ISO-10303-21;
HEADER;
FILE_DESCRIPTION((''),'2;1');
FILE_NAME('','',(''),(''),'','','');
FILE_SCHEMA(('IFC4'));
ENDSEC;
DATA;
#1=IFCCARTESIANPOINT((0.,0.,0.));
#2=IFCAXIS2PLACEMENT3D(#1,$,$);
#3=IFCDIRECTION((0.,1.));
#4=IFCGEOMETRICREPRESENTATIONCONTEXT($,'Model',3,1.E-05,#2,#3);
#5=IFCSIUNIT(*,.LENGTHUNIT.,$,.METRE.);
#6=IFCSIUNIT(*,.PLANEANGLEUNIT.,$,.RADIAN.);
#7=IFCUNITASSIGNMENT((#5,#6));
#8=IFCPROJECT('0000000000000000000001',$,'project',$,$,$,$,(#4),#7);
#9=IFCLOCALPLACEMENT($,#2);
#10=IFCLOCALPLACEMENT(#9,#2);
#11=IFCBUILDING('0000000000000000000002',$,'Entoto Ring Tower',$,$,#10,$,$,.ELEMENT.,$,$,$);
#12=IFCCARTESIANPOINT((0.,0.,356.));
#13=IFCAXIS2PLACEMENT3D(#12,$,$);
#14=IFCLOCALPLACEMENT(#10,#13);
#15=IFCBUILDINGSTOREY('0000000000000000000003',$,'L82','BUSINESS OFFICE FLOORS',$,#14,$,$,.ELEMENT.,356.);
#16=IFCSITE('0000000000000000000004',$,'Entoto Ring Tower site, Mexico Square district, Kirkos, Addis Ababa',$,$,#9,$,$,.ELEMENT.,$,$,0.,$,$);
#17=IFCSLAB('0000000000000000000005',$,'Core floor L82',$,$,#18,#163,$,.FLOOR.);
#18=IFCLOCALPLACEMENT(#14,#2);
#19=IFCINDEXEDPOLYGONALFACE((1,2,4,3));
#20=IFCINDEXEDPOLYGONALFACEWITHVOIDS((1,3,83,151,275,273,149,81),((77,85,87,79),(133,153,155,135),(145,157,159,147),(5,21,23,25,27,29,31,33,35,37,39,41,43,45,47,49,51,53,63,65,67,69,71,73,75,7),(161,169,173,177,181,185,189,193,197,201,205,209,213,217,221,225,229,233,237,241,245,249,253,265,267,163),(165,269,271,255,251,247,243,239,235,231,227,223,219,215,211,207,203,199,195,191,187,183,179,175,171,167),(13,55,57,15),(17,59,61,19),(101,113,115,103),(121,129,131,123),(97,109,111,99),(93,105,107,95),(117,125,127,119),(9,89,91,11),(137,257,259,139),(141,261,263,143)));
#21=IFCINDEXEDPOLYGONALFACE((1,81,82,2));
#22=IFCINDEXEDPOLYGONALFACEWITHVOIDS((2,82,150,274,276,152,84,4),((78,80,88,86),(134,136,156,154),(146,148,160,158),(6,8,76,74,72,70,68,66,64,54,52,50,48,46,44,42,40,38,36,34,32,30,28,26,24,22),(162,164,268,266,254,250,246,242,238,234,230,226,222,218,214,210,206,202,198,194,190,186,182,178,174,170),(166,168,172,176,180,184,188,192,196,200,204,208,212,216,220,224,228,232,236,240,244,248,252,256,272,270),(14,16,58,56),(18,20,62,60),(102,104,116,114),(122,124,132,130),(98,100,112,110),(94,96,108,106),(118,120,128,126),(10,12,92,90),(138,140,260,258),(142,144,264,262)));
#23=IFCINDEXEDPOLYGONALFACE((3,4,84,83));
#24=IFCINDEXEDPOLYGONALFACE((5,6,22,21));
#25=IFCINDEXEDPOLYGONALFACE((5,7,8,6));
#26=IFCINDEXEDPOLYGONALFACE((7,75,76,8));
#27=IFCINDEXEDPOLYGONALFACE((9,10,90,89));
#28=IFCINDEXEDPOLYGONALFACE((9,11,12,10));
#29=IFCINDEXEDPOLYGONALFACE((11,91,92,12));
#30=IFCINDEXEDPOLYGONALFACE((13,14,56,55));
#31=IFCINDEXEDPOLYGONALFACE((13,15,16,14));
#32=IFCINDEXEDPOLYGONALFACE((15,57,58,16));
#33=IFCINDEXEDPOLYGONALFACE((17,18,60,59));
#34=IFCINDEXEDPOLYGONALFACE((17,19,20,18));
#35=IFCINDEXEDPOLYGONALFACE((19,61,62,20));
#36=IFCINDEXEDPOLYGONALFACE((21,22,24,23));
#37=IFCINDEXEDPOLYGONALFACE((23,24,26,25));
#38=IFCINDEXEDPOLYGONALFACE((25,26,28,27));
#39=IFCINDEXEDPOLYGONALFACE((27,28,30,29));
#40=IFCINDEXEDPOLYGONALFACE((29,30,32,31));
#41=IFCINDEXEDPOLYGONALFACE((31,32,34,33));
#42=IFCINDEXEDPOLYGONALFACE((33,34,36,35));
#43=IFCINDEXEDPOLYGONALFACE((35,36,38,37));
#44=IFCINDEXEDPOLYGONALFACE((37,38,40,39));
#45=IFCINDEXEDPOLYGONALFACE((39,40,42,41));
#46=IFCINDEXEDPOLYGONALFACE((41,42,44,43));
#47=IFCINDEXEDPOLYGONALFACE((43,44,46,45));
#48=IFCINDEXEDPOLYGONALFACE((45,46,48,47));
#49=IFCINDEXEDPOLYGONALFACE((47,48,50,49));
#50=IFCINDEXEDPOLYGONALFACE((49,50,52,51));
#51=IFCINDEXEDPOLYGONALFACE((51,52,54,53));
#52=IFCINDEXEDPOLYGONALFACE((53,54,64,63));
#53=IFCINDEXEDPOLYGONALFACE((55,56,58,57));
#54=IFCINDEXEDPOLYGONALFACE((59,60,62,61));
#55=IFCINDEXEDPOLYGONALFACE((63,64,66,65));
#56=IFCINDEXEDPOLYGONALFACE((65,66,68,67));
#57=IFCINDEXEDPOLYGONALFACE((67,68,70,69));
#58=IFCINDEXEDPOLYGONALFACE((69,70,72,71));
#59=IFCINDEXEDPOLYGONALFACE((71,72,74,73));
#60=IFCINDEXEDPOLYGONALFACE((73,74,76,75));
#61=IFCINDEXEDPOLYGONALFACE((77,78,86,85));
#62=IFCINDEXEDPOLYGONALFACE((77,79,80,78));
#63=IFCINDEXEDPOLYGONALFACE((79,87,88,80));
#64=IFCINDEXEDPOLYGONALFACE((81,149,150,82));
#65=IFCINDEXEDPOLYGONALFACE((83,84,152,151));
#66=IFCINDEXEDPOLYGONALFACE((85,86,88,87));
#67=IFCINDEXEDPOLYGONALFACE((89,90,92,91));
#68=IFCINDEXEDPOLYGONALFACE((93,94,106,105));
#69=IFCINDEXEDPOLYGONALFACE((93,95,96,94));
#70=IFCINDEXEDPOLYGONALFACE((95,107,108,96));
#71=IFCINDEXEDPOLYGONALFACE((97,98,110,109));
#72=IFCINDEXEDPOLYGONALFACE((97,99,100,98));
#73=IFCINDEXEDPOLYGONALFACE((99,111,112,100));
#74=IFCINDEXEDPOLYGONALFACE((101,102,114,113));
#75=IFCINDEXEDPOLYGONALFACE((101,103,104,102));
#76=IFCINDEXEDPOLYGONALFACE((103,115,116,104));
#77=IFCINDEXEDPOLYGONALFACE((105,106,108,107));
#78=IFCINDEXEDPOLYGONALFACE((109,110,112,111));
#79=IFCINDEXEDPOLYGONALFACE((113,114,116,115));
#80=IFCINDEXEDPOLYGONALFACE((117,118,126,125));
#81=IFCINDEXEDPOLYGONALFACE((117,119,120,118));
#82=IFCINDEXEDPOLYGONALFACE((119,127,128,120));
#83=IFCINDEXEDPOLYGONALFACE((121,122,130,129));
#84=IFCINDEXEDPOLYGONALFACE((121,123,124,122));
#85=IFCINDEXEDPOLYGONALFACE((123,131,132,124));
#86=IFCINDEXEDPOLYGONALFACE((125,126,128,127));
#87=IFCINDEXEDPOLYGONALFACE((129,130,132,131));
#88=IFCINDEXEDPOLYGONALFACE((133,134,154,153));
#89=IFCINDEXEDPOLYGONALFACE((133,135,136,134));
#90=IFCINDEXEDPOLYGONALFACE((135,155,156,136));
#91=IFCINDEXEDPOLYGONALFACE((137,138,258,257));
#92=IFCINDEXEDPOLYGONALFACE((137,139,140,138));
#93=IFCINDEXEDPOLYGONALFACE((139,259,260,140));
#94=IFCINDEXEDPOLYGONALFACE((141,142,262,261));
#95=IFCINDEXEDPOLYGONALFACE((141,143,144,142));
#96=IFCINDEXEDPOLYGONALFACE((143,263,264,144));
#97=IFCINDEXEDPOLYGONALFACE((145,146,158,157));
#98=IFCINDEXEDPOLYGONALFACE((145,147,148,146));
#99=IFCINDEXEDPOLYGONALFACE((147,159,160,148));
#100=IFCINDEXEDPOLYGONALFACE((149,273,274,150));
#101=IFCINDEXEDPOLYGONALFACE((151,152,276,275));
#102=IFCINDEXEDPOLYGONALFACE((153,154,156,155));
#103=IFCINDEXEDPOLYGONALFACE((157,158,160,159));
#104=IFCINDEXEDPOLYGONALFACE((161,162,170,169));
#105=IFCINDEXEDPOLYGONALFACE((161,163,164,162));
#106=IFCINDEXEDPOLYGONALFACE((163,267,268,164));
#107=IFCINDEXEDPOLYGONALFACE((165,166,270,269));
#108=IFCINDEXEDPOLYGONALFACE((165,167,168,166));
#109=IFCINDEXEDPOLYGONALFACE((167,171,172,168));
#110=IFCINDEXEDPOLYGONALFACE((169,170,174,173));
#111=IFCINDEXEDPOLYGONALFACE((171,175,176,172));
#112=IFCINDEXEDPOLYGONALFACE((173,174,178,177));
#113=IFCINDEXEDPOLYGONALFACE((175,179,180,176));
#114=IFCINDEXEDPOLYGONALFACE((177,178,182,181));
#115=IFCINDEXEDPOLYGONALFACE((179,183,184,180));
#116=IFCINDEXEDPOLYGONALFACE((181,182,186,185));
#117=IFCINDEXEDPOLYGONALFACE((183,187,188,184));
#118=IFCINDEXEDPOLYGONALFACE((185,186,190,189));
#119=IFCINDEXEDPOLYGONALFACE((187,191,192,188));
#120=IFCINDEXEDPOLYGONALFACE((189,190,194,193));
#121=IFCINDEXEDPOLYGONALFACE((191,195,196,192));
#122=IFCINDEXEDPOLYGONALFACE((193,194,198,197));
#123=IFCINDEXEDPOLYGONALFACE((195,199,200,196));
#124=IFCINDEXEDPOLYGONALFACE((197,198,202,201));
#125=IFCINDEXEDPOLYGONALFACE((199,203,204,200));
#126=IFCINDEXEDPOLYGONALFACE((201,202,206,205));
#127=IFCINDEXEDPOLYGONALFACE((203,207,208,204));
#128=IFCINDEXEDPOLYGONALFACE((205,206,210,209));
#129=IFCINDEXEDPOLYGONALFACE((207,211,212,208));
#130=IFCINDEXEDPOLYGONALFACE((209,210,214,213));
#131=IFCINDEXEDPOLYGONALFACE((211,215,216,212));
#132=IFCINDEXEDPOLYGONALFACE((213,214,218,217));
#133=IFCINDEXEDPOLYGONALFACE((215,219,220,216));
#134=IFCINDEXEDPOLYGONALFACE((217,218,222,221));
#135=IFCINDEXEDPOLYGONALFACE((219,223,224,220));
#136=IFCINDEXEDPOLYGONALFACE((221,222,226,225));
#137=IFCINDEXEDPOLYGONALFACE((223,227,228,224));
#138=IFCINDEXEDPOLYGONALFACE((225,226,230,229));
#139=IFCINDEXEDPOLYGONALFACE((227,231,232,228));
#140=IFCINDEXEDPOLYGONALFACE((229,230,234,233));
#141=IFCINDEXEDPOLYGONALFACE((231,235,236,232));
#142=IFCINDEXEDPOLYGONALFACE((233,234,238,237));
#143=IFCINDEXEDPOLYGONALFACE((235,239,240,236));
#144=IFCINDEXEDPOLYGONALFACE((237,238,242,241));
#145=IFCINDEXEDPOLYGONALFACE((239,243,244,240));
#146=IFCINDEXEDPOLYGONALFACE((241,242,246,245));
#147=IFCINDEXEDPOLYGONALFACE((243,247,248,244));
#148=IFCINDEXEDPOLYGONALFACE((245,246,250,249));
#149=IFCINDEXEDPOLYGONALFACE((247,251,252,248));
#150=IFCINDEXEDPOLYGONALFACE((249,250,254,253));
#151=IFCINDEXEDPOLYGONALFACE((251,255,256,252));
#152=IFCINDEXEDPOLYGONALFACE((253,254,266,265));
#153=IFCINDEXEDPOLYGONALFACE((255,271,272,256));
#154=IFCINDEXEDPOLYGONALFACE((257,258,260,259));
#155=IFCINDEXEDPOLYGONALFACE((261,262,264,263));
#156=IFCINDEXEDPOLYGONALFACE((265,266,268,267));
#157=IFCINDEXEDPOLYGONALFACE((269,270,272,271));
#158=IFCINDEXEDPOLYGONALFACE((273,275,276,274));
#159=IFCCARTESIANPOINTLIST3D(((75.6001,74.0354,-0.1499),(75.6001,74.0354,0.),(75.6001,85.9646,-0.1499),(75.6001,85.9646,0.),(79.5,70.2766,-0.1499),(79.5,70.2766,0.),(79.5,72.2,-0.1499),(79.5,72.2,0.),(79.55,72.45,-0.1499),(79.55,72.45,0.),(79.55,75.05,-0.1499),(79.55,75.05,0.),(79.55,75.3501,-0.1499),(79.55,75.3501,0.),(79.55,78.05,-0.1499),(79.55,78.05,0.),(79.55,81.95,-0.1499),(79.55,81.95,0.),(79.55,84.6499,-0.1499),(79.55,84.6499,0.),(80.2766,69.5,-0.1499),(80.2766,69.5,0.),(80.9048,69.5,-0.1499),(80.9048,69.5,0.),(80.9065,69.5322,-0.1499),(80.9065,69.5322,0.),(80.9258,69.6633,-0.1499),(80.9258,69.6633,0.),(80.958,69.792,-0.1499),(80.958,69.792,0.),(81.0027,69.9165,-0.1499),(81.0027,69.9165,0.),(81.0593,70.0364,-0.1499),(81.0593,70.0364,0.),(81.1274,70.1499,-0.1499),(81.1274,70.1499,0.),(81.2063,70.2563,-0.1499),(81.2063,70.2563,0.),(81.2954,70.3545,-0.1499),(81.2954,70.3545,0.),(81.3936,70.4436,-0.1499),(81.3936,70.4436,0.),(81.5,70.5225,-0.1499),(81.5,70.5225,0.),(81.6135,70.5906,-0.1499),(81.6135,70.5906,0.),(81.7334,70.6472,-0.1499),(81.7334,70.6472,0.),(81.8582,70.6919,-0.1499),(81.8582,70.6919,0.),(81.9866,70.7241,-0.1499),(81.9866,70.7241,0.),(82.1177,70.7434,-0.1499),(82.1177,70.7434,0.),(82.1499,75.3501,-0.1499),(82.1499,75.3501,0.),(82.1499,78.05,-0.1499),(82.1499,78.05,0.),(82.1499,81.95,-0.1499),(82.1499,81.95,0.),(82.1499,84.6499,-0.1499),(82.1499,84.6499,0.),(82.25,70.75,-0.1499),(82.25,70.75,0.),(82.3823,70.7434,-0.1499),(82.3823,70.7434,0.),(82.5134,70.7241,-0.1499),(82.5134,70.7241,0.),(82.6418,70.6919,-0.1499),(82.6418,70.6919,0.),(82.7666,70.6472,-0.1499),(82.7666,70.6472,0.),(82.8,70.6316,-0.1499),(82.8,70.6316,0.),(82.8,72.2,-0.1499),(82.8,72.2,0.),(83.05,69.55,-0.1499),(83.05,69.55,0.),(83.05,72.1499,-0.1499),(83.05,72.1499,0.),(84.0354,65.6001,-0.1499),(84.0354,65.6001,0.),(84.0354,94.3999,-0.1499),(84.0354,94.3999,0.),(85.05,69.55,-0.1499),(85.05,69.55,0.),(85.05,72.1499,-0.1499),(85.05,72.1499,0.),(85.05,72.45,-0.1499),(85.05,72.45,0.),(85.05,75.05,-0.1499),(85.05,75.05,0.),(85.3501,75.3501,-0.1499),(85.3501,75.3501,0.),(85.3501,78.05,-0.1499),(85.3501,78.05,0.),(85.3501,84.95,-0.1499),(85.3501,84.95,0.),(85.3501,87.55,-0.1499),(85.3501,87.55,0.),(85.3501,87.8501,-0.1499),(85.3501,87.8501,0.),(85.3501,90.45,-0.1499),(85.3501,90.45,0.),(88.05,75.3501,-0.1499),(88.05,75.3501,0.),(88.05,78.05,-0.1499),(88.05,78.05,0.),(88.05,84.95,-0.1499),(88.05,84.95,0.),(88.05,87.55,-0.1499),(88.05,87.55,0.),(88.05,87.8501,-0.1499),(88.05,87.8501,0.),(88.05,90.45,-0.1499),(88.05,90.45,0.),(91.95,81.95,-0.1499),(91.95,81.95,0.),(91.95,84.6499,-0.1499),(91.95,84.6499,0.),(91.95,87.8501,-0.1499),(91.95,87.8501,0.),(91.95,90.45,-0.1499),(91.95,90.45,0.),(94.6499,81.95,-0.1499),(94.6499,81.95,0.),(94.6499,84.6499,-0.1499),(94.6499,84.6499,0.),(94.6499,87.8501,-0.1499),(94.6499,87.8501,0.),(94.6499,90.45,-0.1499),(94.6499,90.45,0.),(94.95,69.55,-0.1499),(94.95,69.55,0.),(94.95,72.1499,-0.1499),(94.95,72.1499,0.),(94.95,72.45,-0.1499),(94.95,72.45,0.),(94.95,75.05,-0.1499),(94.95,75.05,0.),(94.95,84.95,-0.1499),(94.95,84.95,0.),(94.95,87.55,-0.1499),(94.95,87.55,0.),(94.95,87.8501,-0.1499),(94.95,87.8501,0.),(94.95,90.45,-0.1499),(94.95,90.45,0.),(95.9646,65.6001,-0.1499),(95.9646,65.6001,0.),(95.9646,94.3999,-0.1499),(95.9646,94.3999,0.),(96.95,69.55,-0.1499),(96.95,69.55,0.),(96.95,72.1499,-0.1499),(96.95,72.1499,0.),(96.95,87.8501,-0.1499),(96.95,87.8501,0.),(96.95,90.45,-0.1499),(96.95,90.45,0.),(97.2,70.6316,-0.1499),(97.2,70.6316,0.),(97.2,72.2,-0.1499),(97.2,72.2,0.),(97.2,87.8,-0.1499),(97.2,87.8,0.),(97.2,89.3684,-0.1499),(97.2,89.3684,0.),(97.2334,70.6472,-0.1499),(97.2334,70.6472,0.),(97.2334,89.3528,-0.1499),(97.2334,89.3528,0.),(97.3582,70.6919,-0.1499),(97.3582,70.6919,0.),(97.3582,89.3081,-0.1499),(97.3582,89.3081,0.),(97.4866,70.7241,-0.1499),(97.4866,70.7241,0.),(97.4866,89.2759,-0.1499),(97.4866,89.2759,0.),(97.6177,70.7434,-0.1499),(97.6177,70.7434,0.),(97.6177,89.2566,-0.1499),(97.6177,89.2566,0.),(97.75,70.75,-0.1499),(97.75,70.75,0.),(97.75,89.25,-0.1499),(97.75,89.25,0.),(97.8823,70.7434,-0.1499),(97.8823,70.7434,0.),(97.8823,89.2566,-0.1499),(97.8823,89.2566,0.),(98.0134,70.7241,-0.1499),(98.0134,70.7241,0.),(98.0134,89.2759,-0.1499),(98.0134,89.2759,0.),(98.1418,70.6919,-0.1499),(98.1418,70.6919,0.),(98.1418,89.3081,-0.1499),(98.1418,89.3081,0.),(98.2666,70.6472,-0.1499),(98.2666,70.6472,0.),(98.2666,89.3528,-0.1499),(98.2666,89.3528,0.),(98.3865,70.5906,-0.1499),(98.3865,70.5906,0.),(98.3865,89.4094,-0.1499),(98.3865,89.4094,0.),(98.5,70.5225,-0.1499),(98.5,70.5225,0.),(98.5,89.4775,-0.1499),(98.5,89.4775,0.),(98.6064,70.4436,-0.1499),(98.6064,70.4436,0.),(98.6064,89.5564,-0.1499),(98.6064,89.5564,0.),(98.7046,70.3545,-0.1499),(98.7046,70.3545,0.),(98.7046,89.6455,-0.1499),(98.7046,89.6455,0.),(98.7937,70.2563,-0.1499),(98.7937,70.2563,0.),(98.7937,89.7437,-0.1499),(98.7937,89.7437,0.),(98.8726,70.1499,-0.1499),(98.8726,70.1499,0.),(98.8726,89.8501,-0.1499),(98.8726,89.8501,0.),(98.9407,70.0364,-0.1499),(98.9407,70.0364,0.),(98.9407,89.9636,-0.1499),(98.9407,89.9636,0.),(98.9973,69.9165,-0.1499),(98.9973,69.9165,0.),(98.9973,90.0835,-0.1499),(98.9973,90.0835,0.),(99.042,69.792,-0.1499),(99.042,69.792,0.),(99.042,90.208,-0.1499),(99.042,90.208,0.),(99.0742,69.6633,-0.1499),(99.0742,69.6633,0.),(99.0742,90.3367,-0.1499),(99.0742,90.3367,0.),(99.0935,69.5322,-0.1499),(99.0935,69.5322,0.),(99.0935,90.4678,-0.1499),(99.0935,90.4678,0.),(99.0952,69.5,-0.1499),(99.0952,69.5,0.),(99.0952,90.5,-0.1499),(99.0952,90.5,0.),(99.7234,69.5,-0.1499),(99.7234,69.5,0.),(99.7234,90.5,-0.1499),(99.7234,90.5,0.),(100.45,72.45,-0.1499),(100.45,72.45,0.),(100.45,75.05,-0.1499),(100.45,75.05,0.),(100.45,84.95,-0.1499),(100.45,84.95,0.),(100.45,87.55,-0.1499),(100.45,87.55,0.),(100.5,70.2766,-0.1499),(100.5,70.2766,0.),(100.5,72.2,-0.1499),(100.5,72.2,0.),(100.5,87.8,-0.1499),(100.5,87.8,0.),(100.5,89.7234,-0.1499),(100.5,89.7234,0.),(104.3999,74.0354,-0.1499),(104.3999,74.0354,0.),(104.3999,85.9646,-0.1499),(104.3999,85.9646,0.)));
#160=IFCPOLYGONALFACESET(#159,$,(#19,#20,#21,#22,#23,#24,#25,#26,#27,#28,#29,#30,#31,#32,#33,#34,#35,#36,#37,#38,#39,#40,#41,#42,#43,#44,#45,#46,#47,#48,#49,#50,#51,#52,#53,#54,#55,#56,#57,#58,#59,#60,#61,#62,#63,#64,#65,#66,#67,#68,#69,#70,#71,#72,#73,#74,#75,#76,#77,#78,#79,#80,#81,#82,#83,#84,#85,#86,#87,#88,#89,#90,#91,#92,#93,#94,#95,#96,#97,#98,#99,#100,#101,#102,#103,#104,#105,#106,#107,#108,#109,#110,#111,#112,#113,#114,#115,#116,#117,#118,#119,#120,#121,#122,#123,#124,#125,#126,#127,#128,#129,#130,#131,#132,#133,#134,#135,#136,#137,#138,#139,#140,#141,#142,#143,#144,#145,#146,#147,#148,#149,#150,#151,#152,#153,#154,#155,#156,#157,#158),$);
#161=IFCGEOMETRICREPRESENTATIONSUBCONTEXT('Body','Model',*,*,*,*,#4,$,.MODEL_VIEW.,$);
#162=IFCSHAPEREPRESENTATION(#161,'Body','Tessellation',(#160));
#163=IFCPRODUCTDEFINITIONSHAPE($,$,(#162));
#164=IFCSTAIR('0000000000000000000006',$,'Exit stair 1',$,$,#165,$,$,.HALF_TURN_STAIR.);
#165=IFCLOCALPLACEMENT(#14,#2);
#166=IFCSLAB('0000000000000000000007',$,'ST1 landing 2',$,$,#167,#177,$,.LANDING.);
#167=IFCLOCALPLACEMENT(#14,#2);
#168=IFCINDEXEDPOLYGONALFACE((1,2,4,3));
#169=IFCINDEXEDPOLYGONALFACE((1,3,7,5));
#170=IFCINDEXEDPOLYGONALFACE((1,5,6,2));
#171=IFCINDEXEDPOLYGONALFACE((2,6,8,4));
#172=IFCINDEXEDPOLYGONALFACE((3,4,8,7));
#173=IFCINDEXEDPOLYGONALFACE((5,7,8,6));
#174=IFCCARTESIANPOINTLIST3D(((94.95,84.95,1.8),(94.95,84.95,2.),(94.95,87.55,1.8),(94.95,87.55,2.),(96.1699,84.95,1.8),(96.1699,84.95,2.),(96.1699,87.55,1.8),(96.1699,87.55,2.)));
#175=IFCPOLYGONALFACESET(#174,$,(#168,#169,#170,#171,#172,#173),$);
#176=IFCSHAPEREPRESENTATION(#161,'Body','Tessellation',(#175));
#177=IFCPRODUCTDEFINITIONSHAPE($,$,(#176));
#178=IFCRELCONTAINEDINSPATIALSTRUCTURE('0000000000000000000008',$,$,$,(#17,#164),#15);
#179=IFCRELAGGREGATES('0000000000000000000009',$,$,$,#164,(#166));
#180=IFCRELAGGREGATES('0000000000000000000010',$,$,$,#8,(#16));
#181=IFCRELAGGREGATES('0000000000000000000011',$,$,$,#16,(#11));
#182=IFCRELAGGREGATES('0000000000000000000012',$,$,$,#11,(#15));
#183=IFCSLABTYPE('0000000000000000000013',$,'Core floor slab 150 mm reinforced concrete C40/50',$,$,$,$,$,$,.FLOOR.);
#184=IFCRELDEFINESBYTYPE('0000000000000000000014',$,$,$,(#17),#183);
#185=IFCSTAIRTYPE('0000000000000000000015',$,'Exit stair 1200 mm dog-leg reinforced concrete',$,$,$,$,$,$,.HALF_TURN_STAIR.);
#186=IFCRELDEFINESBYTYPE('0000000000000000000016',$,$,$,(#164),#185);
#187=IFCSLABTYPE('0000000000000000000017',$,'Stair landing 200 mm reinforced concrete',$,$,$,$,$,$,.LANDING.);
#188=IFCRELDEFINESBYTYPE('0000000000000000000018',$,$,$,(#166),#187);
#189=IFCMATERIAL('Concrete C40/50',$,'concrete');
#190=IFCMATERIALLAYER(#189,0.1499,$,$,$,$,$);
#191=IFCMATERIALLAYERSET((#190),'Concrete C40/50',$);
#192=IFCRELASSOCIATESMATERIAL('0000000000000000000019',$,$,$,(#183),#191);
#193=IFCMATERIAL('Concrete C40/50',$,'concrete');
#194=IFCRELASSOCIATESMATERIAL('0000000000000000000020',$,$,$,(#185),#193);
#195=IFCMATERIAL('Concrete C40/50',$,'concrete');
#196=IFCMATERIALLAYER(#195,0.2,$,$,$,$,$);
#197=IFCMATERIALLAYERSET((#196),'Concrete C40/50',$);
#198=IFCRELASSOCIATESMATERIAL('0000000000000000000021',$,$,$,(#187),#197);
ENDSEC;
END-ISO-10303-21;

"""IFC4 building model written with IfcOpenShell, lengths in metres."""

from ifc_helpers import new_model, si_unit, direction, frame, origin, place, context, subcontext, project, spatial, polyline, outline, extrude, material, layer, layer_set, type_object, element, aggregate, save


model = new_model("IFC4")

# Units and contexts
model_context = context("Model", 3, precision=1e-05, world=origin(), true_north=direction((0.0, 1.0)))
body_context = subcontext(model_context, "Body", "Model", "MODEL_VIEW")
ifc_project = project(units=[si_unit("LENGTHUNIT", "METRE"), si_unit("PLANEANGLEUNIT", "RADIAN")], contexts=[model_context])

# Site, building, storey
site_placement = place(None, origin())
site = spatial("IfcSite", under=ifc_project, at=site_placement, Name="Entoto Ring Tower site, Mexico Square district, Kirkos, Addis Ababa", CompositionType="ELEMENT", RefElevation=0.0)
building_placement = place(site_placement, origin())
building = spatial("IfcBuilding", under=site, at=building_placement, Name="Entoto Ring Tower", CompositionType="ELEMENT")
storey_placement = place(building_placement, frame((0.0, 0.0, 356.0)))
storey = spatial("IfcBuildingStorey", under=building, at=storey_placement, Name="L82", Description="BUSINESS OFFICE FLOORS", CompositionType="ELEMENT", Elevation=356.0)

# Slab
ifc_material_1 = material(Name="Concrete C40/50", Category="concrete")
ifc_layer_1 = layer(ifc_material_1, 0.1499)
ifc_layer_set_1 = layer_set([ifc_layer_1], Name="Concrete C40/50")
slab_type_1 = type_object("IfcSlabType", Name="Core floor slab 150 mm reinforced concrete C40/50", PredefinedType="FLOOR", material=ifc_layer_set_1)
slab_1_placement = place(storey_placement, frame((0.0, 0.0, -0.1499)))
element("IfcSlab", 1, at=slab_1_placement, inside=storey, type_object=slab_type_1, Name="Core floor L82", PredefinedType="FLOOR", context=body_context, shape_type="SweptSolid", body=[
    extrude(outline(polyline([(104.3999, 74.0354), (104.3999, 85.9646), (95.9646, 94.3999), (84.0354, 94.3999), (75.6001, 85.9646), (75.6001, 74.0354), (84.0354, 65.6001), (95.9646, 65.6001), (104.3999, 74.0354)]), holes=[polyline([(100.45, 84.95), (100.45, 87.55), (94.95, 87.55), (94.95, 84.95), (100.45, 84.95)]), polyline([(85.05, 72.45), (85.05, 75.05), (79.55, 75.05), (79.55, 72.45), (85.05, 72.45)]), polyline([(100.45, 72.45), (100.45, 75.05), (94.95, 75.05), (94.95, 72.45), (100.45, 72.45)]), polyline([(94.95, 90.45), (94.95, 87.8501), (96.95, 87.8501), (96.95, 90.45), (94.95, 90.45)]), polyline([(94.95, 72.1499), (94.95, 69.55), (96.95, 69.55), (96.95, 72.1499), (94.95, 72.1499)]), polyline([(83.05, 72.1499), (83.05, 69.55), (85.05, 69.55), (85.05, 72.1499), (83.05, 72.1499)]), polyline([(79.55, 81.95), (82.1499, 81.95), (82.1499, 84.6499), (79.55, 84.6499), (79.55, 81.95)]), polyline([(79.55, 75.3501), (82.1499, 75.3501), (82.1499, 78.05), (79.55, 78.05), (79.55, 75.3501)]), polyline([(91.95, 87.8501), (94.6499, 87.8501), (94.6499, 90.45), (91.95, 90.45), (91.95, 87.8501)]), polyline([(91.95, 81.95), (94.6499, 81.95), (94.6499, 84.6499), (91.95, 84.6499), (91.95, 81.95)]), polyline([(85.3501, 75.3501), (88.05, 75.3501), (88.05, 78.05), (85.3501, 78.05), (85.3501, 75.3501)]), polyline([(85.3501, 84.95), (88.05, 84.95), (88.05, 87.55), (85.3501, 87.55), (85.3501, 84.95)]), polyline([(85.3501, 87.8501), (88.05, 87.8501), (88.05, 90.45), (85.3501, 90.45), (85.3501, 87.8501)]), polyline([(97.2, 89.3684), (97.2, 87.8), (100.5, 87.8), (100.5, 89.7234), (99.7234, 90.5), (99.0952, 90.5), (99.0935, 90.4678), (99.0742, 90.3367), (99.042, 90.208), (98.9973, 90.0835), (98.9407, 89.9636), (98.8726, 89.8501), (98.7937, 89.7437), (98.7046, 89.6455), (98.6064, 89.5564), (98.5, 89.4775), (98.3865, 89.4094), (98.2666, 89.3528), (98.1418, 89.3081), (98.0134, 89.2759), (97.8823, 89.2566), (97.75, 89.25), (97.6177, 89.2566), (97.4866, 89.2759), (97.3582, 89.3081), (97.2334, 89.3528), (97.2, 89.3684)]), polyline([(80.2766, 69.5), (80.9048, 69.5), (80.9065, 69.5322), (80.9258, 69.6633), (80.958, 69.792), (81.0027, 69.9165), (81.0593, 70.0364), (81.1274, 70.1499), (81.2063, 70.2563), (81.2954, 70.3545), (81.3936, 70.4436), (81.5, 70.5225), (81.6135, 70.5906), (81.7334, 70.6472), (81.8582, 70.6919), (81.9866, 70.7241), (82.1177, 70.7434), (82.25, 70.75), (82.3823, 70.7434), (82.5134, 70.7241), (82.6418, 70.6919), (82.7666, 70.6472), (82.8, 70.6316), (82.8, 72.2), (79.5, 72.2), (79.5, 70.2766), (80.2766, 69.5)]), polyline([(99.0952, 69.5), (99.7234, 69.5), (100.5, 70.2766), (100.5, 72.2), (97.2, 72.2), (97.2, 70.6316), (97.2334, 70.6472), (97.3582, 70.6919), (97.4866, 70.7241), (97.6177, 70.7434), (97.75, 70.75), (97.8823, 70.7434), (98.0134, 70.7241), (98.1418, 70.6919), (98.2666, 70.6472), (98.3865, 70.5906), (98.5, 70.5225), (98.6064, 70.4436), (98.7046, 70.3545), (98.7937, 70.2563), (98.8726, 70.1499), (98.9407, 70.0364), (98.9973, 69.9165), (99.042, 69.792), (99.0742, 69.6633), (99.0935, 69.5322), (99.0952, 69.5)])]), origin(), (0.0, 0.0, 1.0), 0.1499),
])

# Stair, slab
ifc_material_2 = material(Name="Concrete C40/50", Category="concrete")
stair_type = type_object("IfcStairType", Name="Exit stair 1200 mm dog-leg reinforced concrete", PredefinedType="HALF_TURN_STAIR", material=ifc_material_2)
stair_1_placement = place(storey_placement, origin())
stair_1 = element("IfcStair", 2, at=stair_1_placement, inside=storey, type_object=stair_type, Name="Exit stair 1", PredefinedType="HALF_TURN_STAIR")
ifc_material_3 = material(Name="Concrete C40/50", Category="concrete")
ifc_layer_2 = layer(ifc_material_3, 0.2)
ifc_layer_set_2 = layer_set([ifc_layer_2], Name="Concrete C40/50")
slab_type_2 = type_object("IfcSlabType", Name="Stair landing 200 mm reinforced concrete", PredefinedType="LANDING", material=ifc_layer_set_2)
slab_2_placement = place(storey_placement, frame((0.0, 0.0, 1.8)))
slab_2 = element("IfcSlab", 3, at=slab_2_placement, type_object=slab_type_2, Name="ST1 landing 2", PredefinedType="LANDING", context=body_context, shape_type="SweptSolid", body=[
    extrude(outline(polyline([(94.95, 84.95), (96.1699, 84.95), (96.1699, 87.55), (94.95, 87.55), (94.95, 84.95)])), origin(), (0.0, 0.0, 1.0), 0.2),
])
aggregate(stair_1, [slab_2])

save(model, "model.ifc")
